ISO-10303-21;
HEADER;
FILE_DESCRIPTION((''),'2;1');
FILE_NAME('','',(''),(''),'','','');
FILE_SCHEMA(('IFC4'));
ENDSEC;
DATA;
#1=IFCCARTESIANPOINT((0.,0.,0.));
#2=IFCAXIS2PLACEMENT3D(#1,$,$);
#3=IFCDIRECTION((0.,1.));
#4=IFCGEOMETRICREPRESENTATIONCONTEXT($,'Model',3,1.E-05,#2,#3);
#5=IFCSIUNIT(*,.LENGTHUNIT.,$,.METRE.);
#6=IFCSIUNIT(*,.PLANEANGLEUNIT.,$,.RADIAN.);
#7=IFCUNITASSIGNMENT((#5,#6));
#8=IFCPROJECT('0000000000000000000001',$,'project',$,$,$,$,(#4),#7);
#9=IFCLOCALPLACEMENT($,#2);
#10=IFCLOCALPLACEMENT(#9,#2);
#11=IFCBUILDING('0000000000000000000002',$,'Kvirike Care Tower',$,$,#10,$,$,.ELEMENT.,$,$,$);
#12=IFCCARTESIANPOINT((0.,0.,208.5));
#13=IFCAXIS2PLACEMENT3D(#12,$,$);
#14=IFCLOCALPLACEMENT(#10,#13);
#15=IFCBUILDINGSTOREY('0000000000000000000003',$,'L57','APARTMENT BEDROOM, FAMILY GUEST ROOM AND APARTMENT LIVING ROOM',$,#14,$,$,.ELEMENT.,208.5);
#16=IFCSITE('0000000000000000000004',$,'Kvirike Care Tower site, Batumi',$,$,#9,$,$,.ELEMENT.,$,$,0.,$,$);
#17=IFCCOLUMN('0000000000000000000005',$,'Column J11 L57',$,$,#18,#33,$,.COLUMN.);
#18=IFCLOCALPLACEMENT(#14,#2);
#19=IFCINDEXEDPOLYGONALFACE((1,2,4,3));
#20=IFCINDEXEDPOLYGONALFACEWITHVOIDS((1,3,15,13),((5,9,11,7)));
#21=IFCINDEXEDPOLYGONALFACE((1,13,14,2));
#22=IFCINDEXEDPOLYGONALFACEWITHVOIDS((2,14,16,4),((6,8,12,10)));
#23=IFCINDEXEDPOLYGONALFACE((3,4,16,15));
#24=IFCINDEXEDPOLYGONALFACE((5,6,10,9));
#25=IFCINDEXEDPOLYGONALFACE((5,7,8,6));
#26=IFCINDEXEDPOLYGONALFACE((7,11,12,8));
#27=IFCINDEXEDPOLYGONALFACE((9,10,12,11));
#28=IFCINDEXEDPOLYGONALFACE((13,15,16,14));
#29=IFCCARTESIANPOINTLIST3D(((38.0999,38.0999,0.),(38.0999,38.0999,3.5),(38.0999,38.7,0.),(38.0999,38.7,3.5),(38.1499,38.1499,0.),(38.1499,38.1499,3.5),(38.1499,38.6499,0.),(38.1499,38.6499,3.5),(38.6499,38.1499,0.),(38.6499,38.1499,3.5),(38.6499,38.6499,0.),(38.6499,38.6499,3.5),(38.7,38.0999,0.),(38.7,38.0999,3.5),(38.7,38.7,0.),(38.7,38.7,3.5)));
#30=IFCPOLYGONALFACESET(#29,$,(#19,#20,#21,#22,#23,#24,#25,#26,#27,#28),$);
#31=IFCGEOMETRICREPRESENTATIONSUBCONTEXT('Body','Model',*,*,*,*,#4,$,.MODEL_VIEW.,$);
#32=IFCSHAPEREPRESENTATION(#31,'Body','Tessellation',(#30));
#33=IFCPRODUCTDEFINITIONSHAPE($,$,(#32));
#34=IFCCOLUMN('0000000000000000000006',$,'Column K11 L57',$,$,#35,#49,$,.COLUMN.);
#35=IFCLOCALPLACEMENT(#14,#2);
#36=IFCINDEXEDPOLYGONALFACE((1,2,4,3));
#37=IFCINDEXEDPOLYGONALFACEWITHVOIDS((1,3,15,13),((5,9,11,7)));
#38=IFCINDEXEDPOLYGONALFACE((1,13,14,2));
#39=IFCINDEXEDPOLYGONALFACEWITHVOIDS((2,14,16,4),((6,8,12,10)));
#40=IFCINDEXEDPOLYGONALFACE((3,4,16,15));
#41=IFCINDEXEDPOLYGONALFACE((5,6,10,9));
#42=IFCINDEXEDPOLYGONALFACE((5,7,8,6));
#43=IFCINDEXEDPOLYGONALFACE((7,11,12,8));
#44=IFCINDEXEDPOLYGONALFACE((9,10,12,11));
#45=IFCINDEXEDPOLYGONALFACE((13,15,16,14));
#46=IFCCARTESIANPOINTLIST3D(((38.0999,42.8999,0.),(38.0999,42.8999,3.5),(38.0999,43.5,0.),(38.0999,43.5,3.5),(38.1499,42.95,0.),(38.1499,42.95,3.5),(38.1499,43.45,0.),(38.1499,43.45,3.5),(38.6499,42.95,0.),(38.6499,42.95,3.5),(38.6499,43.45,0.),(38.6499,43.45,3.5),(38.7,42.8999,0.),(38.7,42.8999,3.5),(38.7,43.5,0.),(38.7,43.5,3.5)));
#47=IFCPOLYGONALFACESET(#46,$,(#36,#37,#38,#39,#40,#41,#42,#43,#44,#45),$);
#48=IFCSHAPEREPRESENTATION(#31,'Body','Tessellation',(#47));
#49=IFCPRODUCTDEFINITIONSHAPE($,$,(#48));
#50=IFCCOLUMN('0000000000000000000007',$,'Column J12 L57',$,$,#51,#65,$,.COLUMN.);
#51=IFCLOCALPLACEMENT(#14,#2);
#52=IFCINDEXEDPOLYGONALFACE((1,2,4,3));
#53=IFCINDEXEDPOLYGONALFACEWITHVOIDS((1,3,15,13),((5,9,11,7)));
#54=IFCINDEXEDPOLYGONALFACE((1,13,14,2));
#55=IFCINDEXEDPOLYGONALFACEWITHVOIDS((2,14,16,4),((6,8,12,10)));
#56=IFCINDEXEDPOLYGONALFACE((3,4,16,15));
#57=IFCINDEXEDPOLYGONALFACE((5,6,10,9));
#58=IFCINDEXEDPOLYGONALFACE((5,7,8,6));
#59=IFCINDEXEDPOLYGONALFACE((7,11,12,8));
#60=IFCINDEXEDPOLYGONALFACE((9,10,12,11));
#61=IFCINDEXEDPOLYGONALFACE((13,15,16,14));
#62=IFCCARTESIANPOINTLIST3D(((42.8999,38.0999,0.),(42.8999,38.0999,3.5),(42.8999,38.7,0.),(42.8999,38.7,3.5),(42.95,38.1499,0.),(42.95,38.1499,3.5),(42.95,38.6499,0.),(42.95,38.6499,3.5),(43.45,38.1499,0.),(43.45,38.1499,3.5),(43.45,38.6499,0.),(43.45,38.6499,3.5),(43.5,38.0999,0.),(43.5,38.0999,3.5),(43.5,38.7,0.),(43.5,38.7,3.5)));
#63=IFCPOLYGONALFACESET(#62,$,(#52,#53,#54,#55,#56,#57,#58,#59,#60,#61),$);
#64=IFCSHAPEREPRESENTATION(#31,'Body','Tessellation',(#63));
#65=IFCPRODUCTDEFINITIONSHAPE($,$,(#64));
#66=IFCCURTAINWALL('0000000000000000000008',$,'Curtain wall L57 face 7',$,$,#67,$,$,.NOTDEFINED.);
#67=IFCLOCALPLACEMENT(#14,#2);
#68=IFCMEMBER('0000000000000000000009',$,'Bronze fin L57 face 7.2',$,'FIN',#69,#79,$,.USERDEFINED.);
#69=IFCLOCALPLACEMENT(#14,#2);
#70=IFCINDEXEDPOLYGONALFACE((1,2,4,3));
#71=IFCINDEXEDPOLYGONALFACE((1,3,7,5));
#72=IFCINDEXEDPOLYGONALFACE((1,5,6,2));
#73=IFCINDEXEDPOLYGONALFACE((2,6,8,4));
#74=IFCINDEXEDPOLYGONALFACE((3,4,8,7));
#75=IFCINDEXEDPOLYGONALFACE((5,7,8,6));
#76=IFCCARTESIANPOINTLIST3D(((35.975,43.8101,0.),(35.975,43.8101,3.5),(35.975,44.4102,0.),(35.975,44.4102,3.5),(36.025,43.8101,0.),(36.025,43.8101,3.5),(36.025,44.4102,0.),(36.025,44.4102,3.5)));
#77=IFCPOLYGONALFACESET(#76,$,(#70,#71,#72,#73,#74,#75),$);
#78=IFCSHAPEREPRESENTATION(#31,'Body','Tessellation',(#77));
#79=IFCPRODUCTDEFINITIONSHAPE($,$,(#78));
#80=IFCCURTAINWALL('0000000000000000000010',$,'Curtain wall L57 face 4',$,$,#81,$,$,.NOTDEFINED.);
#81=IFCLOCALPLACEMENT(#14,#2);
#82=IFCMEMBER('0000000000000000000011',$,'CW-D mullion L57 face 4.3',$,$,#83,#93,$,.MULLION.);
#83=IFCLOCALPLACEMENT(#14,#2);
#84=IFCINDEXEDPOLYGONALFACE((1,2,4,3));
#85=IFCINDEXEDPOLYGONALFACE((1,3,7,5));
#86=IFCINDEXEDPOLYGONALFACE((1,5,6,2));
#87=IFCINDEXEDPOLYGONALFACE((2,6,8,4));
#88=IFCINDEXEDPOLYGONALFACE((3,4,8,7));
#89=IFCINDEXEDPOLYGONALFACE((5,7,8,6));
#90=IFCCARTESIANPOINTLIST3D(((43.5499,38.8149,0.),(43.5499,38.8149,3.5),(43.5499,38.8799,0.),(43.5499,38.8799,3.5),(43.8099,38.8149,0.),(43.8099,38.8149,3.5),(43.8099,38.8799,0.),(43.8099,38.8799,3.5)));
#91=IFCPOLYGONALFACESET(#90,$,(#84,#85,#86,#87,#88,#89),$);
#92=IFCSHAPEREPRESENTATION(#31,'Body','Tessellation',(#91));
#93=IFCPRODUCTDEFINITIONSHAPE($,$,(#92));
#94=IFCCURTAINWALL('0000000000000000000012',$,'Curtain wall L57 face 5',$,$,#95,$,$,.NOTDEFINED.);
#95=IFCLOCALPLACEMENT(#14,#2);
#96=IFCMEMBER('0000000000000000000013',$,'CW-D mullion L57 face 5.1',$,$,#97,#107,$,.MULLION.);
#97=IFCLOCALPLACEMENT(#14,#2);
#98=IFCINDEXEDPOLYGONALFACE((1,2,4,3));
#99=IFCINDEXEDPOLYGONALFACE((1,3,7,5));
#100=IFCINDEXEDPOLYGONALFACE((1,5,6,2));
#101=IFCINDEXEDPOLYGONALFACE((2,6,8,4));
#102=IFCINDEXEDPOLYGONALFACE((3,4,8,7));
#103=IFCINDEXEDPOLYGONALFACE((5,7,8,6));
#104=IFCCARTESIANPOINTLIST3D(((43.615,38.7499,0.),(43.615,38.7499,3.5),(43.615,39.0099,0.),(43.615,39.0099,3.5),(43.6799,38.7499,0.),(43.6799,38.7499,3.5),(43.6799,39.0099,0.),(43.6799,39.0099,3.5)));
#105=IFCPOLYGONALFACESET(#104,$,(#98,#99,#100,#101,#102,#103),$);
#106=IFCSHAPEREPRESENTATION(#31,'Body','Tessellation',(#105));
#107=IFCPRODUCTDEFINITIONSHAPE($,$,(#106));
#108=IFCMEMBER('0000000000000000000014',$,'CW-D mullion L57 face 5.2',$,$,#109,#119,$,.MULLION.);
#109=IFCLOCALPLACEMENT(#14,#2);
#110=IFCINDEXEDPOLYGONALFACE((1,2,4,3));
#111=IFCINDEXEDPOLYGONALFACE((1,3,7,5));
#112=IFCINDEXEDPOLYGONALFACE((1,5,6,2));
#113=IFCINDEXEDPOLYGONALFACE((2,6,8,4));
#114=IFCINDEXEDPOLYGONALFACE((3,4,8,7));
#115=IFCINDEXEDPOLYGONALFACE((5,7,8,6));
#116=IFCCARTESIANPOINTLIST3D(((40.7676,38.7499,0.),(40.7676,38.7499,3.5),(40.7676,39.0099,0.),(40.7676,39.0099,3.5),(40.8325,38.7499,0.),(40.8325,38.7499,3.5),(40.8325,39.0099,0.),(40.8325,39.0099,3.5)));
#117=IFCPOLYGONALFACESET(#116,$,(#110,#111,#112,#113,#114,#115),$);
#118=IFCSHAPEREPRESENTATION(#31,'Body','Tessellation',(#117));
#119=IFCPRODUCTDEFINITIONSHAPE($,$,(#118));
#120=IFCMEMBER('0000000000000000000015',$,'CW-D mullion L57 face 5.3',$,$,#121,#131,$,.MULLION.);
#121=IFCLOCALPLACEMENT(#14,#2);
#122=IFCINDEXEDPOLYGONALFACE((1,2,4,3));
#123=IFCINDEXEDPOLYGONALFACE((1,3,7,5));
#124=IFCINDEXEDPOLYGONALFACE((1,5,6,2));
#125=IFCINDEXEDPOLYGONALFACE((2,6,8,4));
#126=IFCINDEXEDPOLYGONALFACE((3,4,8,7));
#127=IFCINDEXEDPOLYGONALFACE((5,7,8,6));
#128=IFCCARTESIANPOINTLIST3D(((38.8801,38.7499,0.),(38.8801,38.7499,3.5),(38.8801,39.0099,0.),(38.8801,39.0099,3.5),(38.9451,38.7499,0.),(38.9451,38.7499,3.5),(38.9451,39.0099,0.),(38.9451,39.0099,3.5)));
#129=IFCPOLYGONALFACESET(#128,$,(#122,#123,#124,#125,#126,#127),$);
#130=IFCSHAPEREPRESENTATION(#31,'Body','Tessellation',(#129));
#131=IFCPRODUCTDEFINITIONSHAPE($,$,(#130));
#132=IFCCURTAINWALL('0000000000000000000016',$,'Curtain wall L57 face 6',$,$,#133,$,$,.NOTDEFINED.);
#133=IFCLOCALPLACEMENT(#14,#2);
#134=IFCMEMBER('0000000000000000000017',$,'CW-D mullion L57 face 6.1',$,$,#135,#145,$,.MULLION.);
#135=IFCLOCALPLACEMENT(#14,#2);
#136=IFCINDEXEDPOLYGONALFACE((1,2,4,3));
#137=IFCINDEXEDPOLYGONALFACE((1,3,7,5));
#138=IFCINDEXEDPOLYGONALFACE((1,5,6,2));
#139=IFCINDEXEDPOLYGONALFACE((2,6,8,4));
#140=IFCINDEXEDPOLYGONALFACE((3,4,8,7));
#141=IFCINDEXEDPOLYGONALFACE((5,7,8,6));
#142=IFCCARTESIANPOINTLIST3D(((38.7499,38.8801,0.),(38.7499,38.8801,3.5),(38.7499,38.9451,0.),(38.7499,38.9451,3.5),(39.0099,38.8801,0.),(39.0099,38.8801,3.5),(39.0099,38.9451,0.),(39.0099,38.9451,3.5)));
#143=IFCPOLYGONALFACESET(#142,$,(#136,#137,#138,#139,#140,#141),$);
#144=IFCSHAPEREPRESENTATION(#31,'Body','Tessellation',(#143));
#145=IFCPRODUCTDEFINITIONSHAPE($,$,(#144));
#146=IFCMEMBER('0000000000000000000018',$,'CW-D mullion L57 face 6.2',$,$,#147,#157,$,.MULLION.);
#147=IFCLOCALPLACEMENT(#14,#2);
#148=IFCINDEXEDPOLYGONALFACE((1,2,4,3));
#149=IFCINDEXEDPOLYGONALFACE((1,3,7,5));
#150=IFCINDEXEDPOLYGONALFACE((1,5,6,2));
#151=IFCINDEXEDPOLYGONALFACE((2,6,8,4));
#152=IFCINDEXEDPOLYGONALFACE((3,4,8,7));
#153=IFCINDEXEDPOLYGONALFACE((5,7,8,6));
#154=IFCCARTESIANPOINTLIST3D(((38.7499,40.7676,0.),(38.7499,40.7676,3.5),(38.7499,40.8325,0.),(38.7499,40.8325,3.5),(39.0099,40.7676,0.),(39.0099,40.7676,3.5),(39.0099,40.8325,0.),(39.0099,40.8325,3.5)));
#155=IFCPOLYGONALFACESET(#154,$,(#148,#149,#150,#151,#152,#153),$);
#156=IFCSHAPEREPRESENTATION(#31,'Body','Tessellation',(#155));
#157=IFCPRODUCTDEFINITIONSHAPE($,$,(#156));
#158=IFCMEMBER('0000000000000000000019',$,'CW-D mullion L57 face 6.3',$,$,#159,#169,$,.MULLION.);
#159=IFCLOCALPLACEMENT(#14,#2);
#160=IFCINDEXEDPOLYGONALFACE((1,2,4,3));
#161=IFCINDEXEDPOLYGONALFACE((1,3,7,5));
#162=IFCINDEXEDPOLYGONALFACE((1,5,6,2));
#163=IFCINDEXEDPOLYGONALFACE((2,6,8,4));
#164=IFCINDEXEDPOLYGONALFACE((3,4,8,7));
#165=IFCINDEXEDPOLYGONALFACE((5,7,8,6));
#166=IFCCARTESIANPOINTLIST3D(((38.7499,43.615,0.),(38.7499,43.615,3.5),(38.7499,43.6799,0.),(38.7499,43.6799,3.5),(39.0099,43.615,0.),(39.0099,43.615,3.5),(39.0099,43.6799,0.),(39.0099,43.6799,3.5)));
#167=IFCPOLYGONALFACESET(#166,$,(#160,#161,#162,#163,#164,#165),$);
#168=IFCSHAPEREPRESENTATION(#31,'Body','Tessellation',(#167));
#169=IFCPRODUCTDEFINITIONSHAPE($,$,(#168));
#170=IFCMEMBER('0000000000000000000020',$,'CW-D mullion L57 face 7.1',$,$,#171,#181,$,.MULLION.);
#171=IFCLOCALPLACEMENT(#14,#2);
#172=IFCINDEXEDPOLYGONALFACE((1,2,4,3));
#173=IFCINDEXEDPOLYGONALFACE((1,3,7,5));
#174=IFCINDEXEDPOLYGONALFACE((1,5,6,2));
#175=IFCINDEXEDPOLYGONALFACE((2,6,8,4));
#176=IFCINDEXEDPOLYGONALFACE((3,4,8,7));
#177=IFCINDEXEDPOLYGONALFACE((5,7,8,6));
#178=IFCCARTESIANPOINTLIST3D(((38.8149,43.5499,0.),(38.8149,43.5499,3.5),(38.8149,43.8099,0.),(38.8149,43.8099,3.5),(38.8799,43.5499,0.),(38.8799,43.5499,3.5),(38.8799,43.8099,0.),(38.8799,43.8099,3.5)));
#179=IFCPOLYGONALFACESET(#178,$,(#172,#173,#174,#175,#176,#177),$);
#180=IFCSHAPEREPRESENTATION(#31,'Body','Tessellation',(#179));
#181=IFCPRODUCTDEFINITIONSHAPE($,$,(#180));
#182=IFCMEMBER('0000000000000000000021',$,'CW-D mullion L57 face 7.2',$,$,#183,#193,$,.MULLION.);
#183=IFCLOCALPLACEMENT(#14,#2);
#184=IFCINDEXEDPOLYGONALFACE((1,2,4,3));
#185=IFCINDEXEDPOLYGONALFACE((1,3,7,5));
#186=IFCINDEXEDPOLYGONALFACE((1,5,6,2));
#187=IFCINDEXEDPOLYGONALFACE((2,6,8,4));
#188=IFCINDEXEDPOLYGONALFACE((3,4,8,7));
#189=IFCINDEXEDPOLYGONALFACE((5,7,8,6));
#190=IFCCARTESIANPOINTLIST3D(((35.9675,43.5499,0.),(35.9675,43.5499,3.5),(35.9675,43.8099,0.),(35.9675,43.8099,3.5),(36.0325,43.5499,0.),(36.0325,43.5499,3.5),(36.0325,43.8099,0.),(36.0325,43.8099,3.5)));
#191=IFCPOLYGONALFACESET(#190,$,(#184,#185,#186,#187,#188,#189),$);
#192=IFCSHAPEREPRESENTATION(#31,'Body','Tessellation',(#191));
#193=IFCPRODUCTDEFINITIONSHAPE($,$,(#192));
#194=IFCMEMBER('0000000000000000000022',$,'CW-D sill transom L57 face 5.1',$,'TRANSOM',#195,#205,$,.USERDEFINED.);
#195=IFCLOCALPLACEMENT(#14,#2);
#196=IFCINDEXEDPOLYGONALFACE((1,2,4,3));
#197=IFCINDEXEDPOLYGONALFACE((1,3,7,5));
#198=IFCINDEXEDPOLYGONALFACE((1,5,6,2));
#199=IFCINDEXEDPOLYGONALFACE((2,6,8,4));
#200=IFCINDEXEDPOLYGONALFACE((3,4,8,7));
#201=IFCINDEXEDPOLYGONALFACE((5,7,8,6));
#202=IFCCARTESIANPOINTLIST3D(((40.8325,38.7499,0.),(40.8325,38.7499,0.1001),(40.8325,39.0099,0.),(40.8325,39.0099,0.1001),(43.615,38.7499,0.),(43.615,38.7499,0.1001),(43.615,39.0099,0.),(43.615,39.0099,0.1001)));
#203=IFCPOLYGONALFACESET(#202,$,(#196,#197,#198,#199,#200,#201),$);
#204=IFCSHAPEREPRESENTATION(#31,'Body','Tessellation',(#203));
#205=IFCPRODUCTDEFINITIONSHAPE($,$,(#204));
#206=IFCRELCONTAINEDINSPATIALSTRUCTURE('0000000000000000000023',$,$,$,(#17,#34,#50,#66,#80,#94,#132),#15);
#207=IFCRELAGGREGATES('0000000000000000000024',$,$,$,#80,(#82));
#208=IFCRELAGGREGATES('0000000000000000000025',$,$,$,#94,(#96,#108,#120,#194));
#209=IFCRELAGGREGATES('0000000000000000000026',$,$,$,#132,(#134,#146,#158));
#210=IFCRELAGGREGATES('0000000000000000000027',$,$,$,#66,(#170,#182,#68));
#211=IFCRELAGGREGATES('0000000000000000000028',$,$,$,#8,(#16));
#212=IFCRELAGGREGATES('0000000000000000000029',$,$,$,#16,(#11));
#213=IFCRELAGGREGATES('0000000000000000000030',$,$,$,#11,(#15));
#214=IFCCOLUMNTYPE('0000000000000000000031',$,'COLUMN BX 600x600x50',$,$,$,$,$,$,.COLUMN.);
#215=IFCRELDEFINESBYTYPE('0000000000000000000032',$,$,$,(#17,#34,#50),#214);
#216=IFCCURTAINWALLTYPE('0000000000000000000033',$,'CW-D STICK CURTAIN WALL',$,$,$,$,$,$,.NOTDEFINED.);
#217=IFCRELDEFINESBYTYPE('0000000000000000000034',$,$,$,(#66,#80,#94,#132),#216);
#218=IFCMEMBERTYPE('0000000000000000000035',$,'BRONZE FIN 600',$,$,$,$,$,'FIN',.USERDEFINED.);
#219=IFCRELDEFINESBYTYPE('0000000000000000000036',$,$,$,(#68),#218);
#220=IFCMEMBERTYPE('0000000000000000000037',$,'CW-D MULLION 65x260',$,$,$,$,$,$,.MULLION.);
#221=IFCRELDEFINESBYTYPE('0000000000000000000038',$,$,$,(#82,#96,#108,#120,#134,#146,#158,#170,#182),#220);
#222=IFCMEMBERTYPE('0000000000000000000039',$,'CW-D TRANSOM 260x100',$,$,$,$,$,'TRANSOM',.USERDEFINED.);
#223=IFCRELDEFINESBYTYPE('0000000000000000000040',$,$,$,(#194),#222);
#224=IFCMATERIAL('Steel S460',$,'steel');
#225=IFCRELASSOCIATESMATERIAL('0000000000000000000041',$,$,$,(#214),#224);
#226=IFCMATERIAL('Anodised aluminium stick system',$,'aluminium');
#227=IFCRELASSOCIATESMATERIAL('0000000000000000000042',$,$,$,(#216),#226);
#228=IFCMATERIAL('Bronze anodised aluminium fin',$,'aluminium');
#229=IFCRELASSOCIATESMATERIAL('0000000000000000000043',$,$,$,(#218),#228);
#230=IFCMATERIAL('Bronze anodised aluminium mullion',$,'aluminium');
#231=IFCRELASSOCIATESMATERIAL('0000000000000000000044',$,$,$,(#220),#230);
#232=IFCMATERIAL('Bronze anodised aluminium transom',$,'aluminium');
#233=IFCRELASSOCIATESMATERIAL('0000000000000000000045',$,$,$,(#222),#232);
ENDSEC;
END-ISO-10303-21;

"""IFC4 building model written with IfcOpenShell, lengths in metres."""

from ifc_helpers import new_model, si_unit, direction, frame, origin, origin_2d, place, context, subcontext, project, spatial, rectangle, hollow_rectangle, extrude, material, material_profile, profile_set, type_object, element, aggregate, save


model = new_model("IFC4")

# Units and contexts
model_context = context("Model", 3, precision=1e-05, world=origin(), true_north=direction((0.0, 1.0)))
body_context = subcontext(model_context, "Body", "Model", "MODEL_VIEW")
ifc_project = project(units=[si_unit("LENGTHUNIT", "METRE"), si_unit("PLANEANGLEUNIT", "RADIAN")], contexts=[model_context])

# Site, building, storey
site_placement = place(None, origin())
site = spatial("IfcSite", under=ifc_project, at=site_placement, Name="Kvirike Care Tower site, Batumi", CompositionType="ELEMENT", RefElevation=0.0)
building_placement = place(site_placement, origin())
building = spatial("IfcBuilding", under=site, at=building_placement, Name="Kvirike Care Tower", CompositionType="ELEMENT")
storey_placement = place(building_placement, frame((0.0, 0.0, 208.5)))
storey = spatial("IfcBuildingStorey", under=building, at=storey_placement, Name="L57", Description="APARTMENT BEDROOM, FAMILY GUEST ROOM AND APARTMENT LIVING ROOM", CompositionType="ELEMENT", Elevation=208.5)

# Columns
ifc_material_1 = material(Name="Steel S460", Category="steel")
ifc_material_profile_1 = material_profile(ifc_material_1, hollow_rectangle(XDim=0.6001, YDim=0.6001, WallThickness=0.05, at=origin_2d()), Name="BX 600x600x50")
ifc_profile_set_1 = profile_set([ifc_material_profile_1], Name="Steel S460")
column_type = type_object("IfcColumnType", Name="COLUMN BX 600x600x50", PredefinedType="COLUMN", material=ifc_profile_set_1)
for number, where, z_axis, x_axis, name in (
    (1, (38.3999, 38.3999, 0.0), (0.0, 0.0, 1.0), (0.0, 1.0, 0.0), "Column J11 L57"),
    (2, (38.3999, 43.2, 0.0), (0.0, 0.0, 1.0), (0.0, 1.0, 0.0), "Column K11 L57"),
    (3, (43.2, 38.3999, 0.0), (0.0, 0.0, 1.0), (0.0, 1.0, 0.0), "Column J12 L57"),
):
    element("IfcColumn", number, at=place(storey_placement, frame(where, z_axis=z_axis, x_axis=x_axis)), inside=storey, type_object=column_type, Name=name, PredefinedType="COLUMN", context=body_context, shape_type="SweptSolid", body=[
        extrude(hollow_rectangle(XDim=0.6001, YDim=0.6001, WallThickness=0.05, at=origin_2d()), origin(), (0.0, 0.0, 1.0), 3.5),
    ])

# Curtain walls, members
ifc_material_2 = material(Name="Anodised aluminium stick system", Category="aluminium")
curtain_wall_type = type_object("IfcCurtainWallType", Name="CW-D STICK CURTAIN WALL", PredefinedType="NOTDEFINED", material=ifc_material_2)
curtain_wall_1_placement = place(storey_placement, origin())
curtain_wall_1 = element("IfcCurtainWall", 4, at=curtain_wall_1_placement, inside=storey, type_object=curtain_wall_type, Name="Curtain wall L57 face 7", PredefinedType="NOTDEFINED")
ifc_material_3 = material(Name="Bronze anodised aluminium fin", Category="aluminium")
ifc_material_profile_2 = material_profile(ifc_material_3, rectangle(XDim=0.05, YDim=0.6001, at=origin_2d()), Name="BRONZE FIN 600")
ifc_profile_set_2 = profile_set([ifc_material_profile_2], Name="Bronze anodised aluminium fin")
member_type_1 = type_object("IfcMemberType", Name="BRONZE FIN 600", ElementType="FIN", PredefinedType="USERDEFINED", material=ifc_profile_set_2)
member_1_placement = place(storey_placement, frame((36.0, 44.1101, 0.0), z_axis=(0.0, 0.0, 1.0), x_axis=(-1.0, 0.0, 0.0)))
member_1 = element("IfcMember", 5, at=member_1_placement, type_object=member_type_1, Name="Bronze fin L57 face 7.2", ObjectType="FIN", PredefinedType="USERDEFINED", context=body_context, shape_type="SweptSolid", body=[
    extrude(rectangle(XDim=0.05, YDim=0.6001, at=origin_2d()), origin(), (0.0, 0.0, 1.0), 3.5),
])
curtain_wall_2_placement = place(storey_placement, origin())
curtain_wall_2 = element("IfcCurtainWall", 6, at=curtain_wall_2_placement, inside=storey, type_object=curtain_wall_type, Name="Curtain wall L57 face 4", PredefinedType="NOTDEFINED")
ifc_material_4 = material(Name="Bronze anodised aluminium mullion", Category="aluminium")
ifc_material_profile_3 = material_profile(ifc_material_4, rectangle(XDim=0.0649, YDim=0.26, at=origin_2d()), Name="CW-D MULLION 65x260")
ifc_profile_set_3 = profile_set([ifc_material_profile_3], Name="Bronze anodised aluminium mullion")
member_type_2 = type_object("IfcMemberType", Name="CW-D MULLION 65x260", PredefinedType="MULLION", material=ifc_profile_set_3)
member_2_placement = place(storey_placement, frame((43.6799, 38.8474, 0.0), z_axis=(0.0, 0.0, 1.0), x_axis=(0.0, 1.0, 0.0)))
member_2 = element("IfcMember", 7, at=member_2_placement, type_object=member_type_2, Name="CW-D mullion L57 face 4.3", PredefinedType="MULLION", context=body_context, shape_type="SweptSolid", body=[
    extrude(rectangle(XDim=0.0649, YDim=0.26, at=origin_2d()), origin(), (0.0, 0.0, 1.0), 3.5),
])
aggregate(curtain_wall_2, [member_2])

# Curtain walls, members
curtain_wall_3_placement = place(storey_placement, origin())
curtain_wall_3 = element("IfcCurtainWall", 8, at=curtain_wall_3_placement, inside=storey, type_object=curtain_wall_type, Name="Curtain wall L57 face 5", PredefinedType="NOTDEFINED")
member_3_placement = place(storey_placement, frame((43.6475, 38.8799, 0.0), z_axis=(0.0, 0.0, 1.0), x_axis=(-1.0, 0.0, 0.0)))
member_3 = element("IfcMember", 9, at=member_3_placement, type_object=member_type_2, Name="CW-D mullion L57 face 5.1", PredefinedType="MULLION", context=body_context, shape_type="SweptSolid", body=[
    extrude(rectangle(XDim=0.0649, YDim=0.26, at=origin_2d()), origin(), (0.0, 0.0, 1.0), 3.5),
])
member_4_placement = place(storey_placement, frame((40.8, 38.8799, 0.0), z_axis=(0.0, 0.0, 1.0), x_axis=(-1.0, 0.0, 0.0)))
member_4 = element("IfcMember", 10, at=member_4_placement, type_object=member_type_2, Name="CW-D mullion L57 face 5.2", PredefinedType="MULLION", context=body_context, shape_type="SweptSolid", body=[
    extrude(rectangle(XDim=0.0649, YDim=0.26, at=origin_2d()), origin(), (0.0, 0.0, 1.0), 3.5),
])
member_5_placement = place(storey_placement, frame((38.9126, 38.8799, 0.0), z_axis=(0.0, 0.0, 1.0), x_axis=(-1.0, 0.0, 0.0)))
member_5 = element("IfcMember", 11, at=member_5_placement, type_object=member_type_2, Name="CW-D mullion L57 face 5.3", PredefinedType="MULLION", context=body_context, shape_type="SweptSolid", body=[
    extrude(rectangle(XDim=0.0649, YDim=0.26, at=origin_2d()), origin(), (0.0, 0.0, 1.0), 3.5),
])
curtain_wall_4_placement = place(storey_placement, origin())
curtain_wall_4 = element("IfcCurtainWall", 12, at=curtain_wall_4_placement, inside=storey, type_object=curtain_wall_type, Name="Curtain wall L57 face 6", PredefinedType="NOTDEFINED")
member_6_placement = place(storey_placement, frame((38.8799, 38.9126, 0.0), z_axis=(0.0, 0.0, 1.0), x_axis=(0.0, 1.0, 0.0)))
member_6 = element("IfcMember", 13, at=member_6_placement, type_object=member_type_2, Name="CW-D mullion L57 face 6.1", PredefinedType="MULLION", context=body_context, shape_type="SweptSolid", body=[
    extrude(rectangle(XDim=0.0649, YDim=0.26, at=origin_2d()), origin(), (0.0, 0.0, 1.0), 3.5),
])
member_7_placement = place(storey_placement, frame((38.8799, 40.8, 0.0), z_axis=(0.0, 0.0, 1.0), x_axis=(0.0, 1.0, 0.0)))
member_7 = element("IfcMember", 14, at=member_7_placement, type_object=member_type_2, Name="CW-D mullion L57 face 6.2", PredefinedType="MULLION", context=body_context, shape_type="SweptSolid", body=[
    extrude(rectangle(XDim=0.0649, YDim=0.26, at=origin_2d()), origin(), (0.0, 0.0, 1.0), 3.5),
])
member_8_placement = place(storey_placement, frame((38.8799, 43.6475, 0.0), z_axis=(0.0, 0.0, 1.0), x_axis=(0.0, 1.0, 0.0)))
member_8 = element("IfcMember", 15, at=member_8_placement, type_object=member_type_2, Name="CW-D mullion L57 face 6.3", PredefinedType="MULLION", context=body_context, shape_type="SweptSolid", body=[
    extrude(rectangle(XDim=0.0649, YDim=0.26, at=origin_2d()), origin(), (0.0, 0.0, 1.0), 3.5),
])

# Members
member_9_placement = place(storey_placement, frame((38.8474, 43.6799, 0.0), z_axis=(0.0, 0.0, 1.0), x_axis=(-1.0, 0.0, 0.0)))
member_9 = element("IfcMember", 16, at=member_9_placement, type_object=member_type_2, Name="CW-D mullion L57 face 7.1", PredefinedType="MULLION", context=body_context, shape_type="SweptSolid", body=[
    extrude(rectangle(XDim=0.0649, YDim=0.26, at=origin_2d()), origin(), (0.0, 0.0, 1.0), 3.5),
])
member_10_placement = place(storey_placement, frame((36.0, 43.6799, 0.0), z_axis=(0.0, 0.0, 1.0), x_axis=(-1.0, 0.0, 0.0)))
member_10 = element("IfcMember", 17, at=member_10_placement, type_object=member_type_2, Name="CW-D mullion L57 face 7.2", PredefinedType="MULLION", context=body_context, shape_type="SweptSolid", body=[
    extrude(rectangle(XDim=0.0649, YDim=0.26, at=origin_2d()), origin(), (0.0, 0.0, 1.0), 3.5),
])
ifc_material_5 = material(Name="Bronze anodised aluminium transom", Category="aluminium")
ifc_material_profile_4 = material_profile(ifc_material_5, rectangle(XDim=0.26, YDim=0.1001, at=origin_2d()), Name="CW-D TRANSOM 260x100")
ifc_profile_set_4 = profile_set([ifc_material_profile_4], Name="Bronze anodised aluminium transom")
member_type_3 = type_object("IfcMemberType", Name="CW-D TRANSOM 260x100", ElementType="TRANSOM", PredefinedType="USERDEFINED", material=ifc_profile_set_4)
member_11_placement = place(storey_placement, frame((43.615, 38.8799, 0.05), z_axis=(-1.0, 0.0, 0.0), x_axis=(0.0, -1.0, 0.0)))
member_11 = element("IfcMember", 18, at=member_11_placement, type_object=member_type_3, Name="CW-D sill transom L57 face 5.1", ObjectType="TRANSOM", PredefinedType="USERDEFINED", context=body_context, shape_type="SweptSolid", body=[
    extrude(rectangle(XDim=0.26, YDim=0.1001, at=origin_2d()), origin(), (0.0, 0.0, 1.0), 2.7825),
])

aggregate(curtain_wall_3, [member_3, member_4, member_5, member_11])
aggregate(curtain_wall_4, [member_6, member_7, member_8])
aggregate(curtain_wall_1, [member_9, member_10, member_1])

save(model, "model.ifc")
